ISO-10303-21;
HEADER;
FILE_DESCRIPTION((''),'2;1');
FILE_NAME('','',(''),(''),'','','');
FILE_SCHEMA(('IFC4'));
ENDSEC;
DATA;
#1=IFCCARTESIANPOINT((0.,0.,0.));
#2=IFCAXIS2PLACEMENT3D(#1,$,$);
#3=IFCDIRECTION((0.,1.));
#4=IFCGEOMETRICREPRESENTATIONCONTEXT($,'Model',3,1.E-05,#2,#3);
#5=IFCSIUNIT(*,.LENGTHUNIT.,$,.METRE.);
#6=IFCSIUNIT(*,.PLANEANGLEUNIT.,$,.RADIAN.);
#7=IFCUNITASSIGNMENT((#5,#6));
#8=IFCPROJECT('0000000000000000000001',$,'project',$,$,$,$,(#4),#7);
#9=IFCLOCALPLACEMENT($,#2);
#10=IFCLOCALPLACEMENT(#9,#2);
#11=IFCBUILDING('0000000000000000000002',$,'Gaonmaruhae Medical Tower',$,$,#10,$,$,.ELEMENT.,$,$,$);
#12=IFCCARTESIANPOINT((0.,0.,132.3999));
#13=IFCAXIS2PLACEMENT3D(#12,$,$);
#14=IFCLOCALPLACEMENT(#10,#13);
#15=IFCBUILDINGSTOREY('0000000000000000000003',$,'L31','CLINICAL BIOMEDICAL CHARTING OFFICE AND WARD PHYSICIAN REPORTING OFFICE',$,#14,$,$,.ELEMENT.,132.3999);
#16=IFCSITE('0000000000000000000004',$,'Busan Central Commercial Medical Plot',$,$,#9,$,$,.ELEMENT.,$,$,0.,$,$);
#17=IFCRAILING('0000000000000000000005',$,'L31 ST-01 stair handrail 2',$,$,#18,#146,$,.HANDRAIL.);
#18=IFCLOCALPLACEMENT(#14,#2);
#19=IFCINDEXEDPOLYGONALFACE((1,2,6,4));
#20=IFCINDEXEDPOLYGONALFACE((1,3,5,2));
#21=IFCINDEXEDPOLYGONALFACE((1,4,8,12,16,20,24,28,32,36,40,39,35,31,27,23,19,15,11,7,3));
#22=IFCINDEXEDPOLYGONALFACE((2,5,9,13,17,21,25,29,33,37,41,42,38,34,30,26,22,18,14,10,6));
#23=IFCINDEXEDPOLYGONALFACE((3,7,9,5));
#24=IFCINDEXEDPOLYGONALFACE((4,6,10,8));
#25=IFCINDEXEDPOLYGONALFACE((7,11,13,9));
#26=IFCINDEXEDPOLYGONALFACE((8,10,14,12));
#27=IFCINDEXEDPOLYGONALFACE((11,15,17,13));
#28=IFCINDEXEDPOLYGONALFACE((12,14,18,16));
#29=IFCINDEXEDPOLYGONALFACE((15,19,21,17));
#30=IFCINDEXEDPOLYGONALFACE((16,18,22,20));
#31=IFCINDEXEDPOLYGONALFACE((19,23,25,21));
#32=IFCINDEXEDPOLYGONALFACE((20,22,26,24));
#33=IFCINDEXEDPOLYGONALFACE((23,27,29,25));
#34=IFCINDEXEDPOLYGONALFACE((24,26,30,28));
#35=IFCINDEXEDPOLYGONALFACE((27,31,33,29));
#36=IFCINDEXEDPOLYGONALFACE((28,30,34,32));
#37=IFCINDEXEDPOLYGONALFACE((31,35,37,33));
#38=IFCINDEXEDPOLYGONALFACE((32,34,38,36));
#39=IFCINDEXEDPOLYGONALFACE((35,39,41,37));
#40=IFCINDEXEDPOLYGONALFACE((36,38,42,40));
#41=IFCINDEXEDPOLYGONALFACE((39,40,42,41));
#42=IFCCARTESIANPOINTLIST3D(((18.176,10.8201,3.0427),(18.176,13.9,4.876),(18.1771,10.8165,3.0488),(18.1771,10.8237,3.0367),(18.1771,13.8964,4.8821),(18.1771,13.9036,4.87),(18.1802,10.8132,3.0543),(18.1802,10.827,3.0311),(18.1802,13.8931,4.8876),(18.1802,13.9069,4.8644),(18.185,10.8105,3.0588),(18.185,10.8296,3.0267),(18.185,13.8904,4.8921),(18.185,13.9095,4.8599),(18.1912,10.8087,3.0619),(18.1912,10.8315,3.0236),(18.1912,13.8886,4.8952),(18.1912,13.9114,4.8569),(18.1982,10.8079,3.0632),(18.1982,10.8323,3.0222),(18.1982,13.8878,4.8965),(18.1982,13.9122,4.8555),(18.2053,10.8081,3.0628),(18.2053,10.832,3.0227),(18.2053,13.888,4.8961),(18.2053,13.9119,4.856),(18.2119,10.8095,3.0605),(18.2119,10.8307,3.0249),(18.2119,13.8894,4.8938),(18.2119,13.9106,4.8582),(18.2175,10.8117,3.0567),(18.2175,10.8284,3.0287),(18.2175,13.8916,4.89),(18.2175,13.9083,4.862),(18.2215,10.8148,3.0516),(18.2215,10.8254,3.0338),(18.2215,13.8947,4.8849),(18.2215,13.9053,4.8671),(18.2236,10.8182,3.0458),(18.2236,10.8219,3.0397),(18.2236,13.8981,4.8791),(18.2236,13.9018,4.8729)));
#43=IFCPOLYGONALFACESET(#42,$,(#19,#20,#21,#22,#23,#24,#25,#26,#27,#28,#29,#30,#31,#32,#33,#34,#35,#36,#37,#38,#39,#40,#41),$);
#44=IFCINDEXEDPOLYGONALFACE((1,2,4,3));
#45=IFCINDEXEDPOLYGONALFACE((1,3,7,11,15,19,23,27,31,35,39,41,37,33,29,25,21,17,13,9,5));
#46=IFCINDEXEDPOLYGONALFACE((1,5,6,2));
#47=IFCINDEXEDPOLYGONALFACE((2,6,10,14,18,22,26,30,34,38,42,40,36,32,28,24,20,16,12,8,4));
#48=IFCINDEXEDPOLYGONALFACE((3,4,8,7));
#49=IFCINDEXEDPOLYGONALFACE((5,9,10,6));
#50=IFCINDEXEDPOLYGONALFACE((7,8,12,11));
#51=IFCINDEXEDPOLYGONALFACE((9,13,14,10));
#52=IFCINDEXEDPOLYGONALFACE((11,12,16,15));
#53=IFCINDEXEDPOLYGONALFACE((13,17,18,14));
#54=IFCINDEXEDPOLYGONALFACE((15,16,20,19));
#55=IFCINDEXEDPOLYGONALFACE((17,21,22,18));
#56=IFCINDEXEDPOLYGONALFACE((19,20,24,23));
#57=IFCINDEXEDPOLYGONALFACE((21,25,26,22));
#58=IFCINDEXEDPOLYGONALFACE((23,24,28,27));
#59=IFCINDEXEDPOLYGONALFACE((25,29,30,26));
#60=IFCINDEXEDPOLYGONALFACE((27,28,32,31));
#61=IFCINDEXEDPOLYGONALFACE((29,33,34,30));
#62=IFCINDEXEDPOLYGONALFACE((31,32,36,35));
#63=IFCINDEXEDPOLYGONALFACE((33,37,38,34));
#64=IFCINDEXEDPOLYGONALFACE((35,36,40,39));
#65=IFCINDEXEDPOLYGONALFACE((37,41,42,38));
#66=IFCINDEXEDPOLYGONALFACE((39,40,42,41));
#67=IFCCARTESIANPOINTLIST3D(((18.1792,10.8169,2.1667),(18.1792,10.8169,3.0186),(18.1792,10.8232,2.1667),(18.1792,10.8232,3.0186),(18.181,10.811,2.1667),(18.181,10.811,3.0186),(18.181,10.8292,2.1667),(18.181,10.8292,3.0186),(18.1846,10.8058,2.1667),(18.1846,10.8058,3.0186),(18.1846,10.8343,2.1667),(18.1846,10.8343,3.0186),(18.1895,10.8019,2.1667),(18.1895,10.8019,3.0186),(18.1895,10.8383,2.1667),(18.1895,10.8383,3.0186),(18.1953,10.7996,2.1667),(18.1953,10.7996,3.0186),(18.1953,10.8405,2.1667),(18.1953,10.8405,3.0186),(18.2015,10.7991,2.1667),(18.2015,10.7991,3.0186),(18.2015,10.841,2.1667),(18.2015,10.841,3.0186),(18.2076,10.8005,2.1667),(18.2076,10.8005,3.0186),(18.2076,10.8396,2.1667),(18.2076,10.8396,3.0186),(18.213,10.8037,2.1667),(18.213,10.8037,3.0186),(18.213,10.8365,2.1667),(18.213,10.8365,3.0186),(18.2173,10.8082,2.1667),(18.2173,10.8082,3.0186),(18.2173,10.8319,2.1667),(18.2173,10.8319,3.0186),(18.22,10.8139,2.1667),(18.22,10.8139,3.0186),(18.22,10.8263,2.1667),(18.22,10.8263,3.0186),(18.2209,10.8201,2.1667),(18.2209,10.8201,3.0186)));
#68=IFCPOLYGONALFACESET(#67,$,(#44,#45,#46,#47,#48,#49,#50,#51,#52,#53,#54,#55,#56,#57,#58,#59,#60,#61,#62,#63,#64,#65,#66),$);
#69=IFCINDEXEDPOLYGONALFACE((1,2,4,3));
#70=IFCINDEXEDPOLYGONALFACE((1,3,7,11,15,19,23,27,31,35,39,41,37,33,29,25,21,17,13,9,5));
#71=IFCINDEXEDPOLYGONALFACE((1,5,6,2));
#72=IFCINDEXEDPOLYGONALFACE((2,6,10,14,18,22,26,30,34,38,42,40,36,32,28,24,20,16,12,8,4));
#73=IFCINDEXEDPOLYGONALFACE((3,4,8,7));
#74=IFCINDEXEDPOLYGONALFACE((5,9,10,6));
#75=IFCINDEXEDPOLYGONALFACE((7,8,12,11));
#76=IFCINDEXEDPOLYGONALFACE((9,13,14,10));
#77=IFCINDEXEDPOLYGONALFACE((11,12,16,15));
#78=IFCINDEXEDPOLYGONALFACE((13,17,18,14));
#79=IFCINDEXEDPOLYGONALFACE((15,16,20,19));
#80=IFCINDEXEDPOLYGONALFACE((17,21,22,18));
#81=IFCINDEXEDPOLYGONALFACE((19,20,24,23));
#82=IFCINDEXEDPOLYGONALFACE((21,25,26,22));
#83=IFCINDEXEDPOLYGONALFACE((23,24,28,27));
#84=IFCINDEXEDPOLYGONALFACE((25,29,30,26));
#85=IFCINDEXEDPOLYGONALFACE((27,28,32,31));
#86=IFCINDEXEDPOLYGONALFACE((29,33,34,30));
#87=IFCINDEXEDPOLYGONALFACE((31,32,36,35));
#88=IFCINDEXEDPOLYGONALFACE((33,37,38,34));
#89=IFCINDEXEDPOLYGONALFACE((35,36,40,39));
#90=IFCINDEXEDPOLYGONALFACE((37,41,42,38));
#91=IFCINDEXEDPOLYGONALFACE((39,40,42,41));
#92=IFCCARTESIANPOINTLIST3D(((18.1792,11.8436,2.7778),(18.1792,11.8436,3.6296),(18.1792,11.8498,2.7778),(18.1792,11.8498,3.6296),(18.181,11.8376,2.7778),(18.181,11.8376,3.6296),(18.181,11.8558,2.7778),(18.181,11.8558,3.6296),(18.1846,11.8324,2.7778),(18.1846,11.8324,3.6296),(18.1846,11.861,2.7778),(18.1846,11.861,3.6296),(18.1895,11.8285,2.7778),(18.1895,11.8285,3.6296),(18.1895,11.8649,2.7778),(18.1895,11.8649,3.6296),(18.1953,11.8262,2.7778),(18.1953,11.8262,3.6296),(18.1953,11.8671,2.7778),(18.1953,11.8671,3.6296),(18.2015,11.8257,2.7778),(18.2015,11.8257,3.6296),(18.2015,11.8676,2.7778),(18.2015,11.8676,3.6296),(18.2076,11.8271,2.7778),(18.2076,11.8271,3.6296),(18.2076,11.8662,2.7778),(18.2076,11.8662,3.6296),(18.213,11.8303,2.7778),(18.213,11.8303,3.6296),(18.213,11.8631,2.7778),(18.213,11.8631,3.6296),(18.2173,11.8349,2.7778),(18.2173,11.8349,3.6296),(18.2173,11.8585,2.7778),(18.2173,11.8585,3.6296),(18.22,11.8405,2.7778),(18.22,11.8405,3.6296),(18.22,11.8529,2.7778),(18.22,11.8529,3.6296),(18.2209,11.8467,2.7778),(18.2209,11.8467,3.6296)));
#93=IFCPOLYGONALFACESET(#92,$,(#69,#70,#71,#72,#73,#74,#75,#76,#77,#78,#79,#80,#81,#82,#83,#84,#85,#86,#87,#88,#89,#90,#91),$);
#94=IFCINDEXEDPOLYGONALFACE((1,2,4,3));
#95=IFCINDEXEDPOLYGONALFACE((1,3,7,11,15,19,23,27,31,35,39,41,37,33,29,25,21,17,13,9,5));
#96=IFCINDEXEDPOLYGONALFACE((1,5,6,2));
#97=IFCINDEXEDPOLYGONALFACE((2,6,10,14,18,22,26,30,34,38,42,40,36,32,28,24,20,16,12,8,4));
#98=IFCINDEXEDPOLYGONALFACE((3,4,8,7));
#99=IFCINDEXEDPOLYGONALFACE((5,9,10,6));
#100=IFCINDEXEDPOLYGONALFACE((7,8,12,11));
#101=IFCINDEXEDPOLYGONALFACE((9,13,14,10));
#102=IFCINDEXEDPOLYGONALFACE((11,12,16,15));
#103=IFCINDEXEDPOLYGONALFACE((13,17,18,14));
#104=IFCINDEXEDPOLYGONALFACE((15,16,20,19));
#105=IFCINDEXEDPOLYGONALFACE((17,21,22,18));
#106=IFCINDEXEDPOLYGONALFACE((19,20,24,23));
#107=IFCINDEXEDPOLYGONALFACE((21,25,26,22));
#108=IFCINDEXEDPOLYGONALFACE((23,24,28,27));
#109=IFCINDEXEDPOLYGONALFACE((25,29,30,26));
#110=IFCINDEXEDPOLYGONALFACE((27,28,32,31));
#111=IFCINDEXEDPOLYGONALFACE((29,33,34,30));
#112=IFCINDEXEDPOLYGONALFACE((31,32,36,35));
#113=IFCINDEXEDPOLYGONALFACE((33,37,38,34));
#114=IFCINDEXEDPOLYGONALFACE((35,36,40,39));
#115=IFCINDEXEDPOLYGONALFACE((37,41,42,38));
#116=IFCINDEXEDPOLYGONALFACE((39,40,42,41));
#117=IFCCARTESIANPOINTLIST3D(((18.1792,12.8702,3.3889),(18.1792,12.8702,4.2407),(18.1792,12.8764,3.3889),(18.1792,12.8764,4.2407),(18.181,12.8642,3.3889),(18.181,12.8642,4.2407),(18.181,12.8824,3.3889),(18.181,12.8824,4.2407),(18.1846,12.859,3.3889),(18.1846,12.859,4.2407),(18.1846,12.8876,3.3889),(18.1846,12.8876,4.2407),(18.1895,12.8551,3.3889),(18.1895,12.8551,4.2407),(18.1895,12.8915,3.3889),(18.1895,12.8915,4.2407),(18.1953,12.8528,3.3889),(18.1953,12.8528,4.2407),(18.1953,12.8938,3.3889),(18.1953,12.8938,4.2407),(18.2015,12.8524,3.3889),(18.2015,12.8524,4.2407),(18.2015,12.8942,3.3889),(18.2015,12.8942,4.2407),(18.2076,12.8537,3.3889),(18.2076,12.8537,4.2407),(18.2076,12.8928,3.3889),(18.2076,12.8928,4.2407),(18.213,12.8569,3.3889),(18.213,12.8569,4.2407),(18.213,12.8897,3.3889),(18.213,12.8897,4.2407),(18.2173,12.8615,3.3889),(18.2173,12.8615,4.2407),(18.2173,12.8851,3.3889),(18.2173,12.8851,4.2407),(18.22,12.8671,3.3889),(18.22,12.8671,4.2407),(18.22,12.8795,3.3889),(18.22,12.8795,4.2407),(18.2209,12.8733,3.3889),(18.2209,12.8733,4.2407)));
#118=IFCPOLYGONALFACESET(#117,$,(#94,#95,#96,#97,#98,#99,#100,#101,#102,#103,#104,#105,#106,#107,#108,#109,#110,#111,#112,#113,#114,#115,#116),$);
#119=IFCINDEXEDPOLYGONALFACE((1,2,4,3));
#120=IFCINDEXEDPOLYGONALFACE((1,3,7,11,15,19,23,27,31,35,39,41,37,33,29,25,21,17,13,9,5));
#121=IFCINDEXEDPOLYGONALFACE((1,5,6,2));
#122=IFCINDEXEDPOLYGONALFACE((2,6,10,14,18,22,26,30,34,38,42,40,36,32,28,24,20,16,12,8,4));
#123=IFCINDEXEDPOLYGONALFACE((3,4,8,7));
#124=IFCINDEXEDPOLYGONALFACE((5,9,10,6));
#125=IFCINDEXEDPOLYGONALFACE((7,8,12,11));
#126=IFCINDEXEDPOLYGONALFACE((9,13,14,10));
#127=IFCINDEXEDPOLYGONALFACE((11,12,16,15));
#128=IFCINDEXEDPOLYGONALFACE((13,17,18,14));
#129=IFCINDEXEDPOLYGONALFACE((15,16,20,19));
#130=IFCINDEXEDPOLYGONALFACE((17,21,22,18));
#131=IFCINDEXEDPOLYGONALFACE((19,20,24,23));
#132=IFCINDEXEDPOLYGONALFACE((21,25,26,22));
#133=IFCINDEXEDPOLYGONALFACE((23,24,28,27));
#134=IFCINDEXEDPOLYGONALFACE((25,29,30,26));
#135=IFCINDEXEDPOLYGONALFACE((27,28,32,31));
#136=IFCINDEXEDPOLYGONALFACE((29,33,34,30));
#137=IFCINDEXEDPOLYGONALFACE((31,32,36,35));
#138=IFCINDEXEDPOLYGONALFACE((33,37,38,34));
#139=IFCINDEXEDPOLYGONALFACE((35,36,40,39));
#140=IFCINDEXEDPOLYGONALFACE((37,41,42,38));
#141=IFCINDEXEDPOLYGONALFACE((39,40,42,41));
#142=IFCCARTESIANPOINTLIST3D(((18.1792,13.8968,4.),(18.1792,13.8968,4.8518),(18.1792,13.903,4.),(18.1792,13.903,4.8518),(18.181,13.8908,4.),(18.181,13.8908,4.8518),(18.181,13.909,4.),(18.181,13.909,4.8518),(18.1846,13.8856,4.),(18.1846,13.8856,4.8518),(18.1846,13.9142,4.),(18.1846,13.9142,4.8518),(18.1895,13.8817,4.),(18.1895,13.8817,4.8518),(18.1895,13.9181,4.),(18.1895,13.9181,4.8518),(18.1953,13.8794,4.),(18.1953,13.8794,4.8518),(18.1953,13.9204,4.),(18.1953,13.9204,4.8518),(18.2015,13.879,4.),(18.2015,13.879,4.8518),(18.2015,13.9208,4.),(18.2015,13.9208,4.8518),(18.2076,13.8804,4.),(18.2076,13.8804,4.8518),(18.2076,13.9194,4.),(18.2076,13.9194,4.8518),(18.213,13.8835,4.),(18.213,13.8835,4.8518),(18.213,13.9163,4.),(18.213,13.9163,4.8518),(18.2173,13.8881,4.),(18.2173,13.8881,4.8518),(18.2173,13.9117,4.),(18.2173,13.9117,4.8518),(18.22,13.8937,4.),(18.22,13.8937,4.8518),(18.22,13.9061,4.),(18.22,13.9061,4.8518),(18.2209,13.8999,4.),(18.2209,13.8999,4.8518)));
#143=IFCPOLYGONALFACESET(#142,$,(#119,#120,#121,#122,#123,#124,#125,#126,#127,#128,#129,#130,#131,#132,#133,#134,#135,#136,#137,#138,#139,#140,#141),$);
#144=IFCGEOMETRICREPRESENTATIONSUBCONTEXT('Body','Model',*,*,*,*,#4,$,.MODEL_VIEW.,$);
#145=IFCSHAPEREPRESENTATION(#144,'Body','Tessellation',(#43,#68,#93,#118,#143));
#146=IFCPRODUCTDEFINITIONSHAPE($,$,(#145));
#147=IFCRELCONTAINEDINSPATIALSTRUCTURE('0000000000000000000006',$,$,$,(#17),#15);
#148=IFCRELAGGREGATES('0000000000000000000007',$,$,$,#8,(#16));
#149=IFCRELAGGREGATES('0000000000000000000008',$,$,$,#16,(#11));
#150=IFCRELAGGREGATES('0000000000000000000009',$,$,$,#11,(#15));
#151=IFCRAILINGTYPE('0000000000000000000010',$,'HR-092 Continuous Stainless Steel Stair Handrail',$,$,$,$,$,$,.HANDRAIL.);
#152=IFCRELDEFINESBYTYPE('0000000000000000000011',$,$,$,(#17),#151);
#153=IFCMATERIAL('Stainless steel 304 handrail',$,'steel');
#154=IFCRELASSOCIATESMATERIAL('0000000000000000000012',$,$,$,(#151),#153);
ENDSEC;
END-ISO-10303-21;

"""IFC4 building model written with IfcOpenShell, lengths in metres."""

from ifc_helpers import new_model, si_unit, direction, frame, origin, origin_2d, place, context, subcontext, project, spatial, circle, extrude, material, type_object, element, save


model = new_model("IFC4")

# Units and contexts
model_context = context("Model", 3, precision=1e-05, world=origin(), true_north=direction((0.0, 1.0)))
body_context = subcontext(model_context, "Body", "Model", "MODEL_VIEW")
ifc_project = project(units=[si_unit("LENGTHUNIT", "METRE"), si_unit("PLANEANGLEUNIT", "RADIAN")], contexts=[model_context])

# Site, building, storey
site_placement = place(None, origin())
site = spatial("IfcSite", under=ifc_project, at=site_placement, Name="Busan Central Commercial Medical Plot", CompositionType="ELEMENT", RefElevation=0.0)
building_placement = place(site_placement, origin())
building = spatial("IfcBuilding", under=site, at=building_placement, Name="Gaonmaruhae Medical Tower", CompositionType="ELEMENT")
storey_placement = place(building_placement, frame((0.0, 0.0, 132.3999)))
storey = spatial("IfcBuildingStorey", under=building, at=storey_placement, Name="L31", Description="CLINICAL BIOMEDICAL CHARTING OFFICE AND WARD PHYSICIAN REPORTING OFFICE", CompositionType="ELEMENT", Elevation=132.3999)

# Railing
ifc_material_1 = material(Name="Stainless steel 304 handrail", Category="steel")
railing_type_1 = type_object("IfcRailingType", Name="HR-092 Continuous Stainless Steel Stair Handrail", PredefinedType="HANDRAIL", material=ifc_material_1)
railing_1_placement = place(storey_placement, frame((18.2, 10.8201, 2.1667)))
element("IfcRailing", 1, at=railing_1_placement, inside=storey, type_object=railing_type_1, Name="L31 ST-01 stair handrail 2", PredefinedType="HANDRAIL", context=body_context, shape_type="SweptSolid", body=[
    extrude(circle(Radius=0.0239, at=origin_2d()), frame((0.0, 0.0, 0.876), z_axis=(0.0, 0.859291, 0.511487), x_axis=(-1.0, 0.0, 0.0)), (0.0, 0.0, 1.0), 3.5842),
    extrude(circle(Radius=0.021, at=origin_2d()), origin(), (0.0, 0.0, 1.0), 0.8518),
    extrude(circle(Radius=0.021, at=origin_2d()), frame((0.0, 1.0266, 0.6111)), (0.0, 0.0, 1.0), 0.8518),
    extrude(circle(Radius=0.021, at=origin_2d()), frame((0.0, 2.0532, 1.2222)), (0.0, 0.0, 1.0), 0.8518),
    extrude(circle(Radius=0.021, at=origin_2d()), frame((0.0, 3.0798, 1.8333)), (0.0, 0.0, 1.0), 0.8518),
])

save(model, "model.ifc")
